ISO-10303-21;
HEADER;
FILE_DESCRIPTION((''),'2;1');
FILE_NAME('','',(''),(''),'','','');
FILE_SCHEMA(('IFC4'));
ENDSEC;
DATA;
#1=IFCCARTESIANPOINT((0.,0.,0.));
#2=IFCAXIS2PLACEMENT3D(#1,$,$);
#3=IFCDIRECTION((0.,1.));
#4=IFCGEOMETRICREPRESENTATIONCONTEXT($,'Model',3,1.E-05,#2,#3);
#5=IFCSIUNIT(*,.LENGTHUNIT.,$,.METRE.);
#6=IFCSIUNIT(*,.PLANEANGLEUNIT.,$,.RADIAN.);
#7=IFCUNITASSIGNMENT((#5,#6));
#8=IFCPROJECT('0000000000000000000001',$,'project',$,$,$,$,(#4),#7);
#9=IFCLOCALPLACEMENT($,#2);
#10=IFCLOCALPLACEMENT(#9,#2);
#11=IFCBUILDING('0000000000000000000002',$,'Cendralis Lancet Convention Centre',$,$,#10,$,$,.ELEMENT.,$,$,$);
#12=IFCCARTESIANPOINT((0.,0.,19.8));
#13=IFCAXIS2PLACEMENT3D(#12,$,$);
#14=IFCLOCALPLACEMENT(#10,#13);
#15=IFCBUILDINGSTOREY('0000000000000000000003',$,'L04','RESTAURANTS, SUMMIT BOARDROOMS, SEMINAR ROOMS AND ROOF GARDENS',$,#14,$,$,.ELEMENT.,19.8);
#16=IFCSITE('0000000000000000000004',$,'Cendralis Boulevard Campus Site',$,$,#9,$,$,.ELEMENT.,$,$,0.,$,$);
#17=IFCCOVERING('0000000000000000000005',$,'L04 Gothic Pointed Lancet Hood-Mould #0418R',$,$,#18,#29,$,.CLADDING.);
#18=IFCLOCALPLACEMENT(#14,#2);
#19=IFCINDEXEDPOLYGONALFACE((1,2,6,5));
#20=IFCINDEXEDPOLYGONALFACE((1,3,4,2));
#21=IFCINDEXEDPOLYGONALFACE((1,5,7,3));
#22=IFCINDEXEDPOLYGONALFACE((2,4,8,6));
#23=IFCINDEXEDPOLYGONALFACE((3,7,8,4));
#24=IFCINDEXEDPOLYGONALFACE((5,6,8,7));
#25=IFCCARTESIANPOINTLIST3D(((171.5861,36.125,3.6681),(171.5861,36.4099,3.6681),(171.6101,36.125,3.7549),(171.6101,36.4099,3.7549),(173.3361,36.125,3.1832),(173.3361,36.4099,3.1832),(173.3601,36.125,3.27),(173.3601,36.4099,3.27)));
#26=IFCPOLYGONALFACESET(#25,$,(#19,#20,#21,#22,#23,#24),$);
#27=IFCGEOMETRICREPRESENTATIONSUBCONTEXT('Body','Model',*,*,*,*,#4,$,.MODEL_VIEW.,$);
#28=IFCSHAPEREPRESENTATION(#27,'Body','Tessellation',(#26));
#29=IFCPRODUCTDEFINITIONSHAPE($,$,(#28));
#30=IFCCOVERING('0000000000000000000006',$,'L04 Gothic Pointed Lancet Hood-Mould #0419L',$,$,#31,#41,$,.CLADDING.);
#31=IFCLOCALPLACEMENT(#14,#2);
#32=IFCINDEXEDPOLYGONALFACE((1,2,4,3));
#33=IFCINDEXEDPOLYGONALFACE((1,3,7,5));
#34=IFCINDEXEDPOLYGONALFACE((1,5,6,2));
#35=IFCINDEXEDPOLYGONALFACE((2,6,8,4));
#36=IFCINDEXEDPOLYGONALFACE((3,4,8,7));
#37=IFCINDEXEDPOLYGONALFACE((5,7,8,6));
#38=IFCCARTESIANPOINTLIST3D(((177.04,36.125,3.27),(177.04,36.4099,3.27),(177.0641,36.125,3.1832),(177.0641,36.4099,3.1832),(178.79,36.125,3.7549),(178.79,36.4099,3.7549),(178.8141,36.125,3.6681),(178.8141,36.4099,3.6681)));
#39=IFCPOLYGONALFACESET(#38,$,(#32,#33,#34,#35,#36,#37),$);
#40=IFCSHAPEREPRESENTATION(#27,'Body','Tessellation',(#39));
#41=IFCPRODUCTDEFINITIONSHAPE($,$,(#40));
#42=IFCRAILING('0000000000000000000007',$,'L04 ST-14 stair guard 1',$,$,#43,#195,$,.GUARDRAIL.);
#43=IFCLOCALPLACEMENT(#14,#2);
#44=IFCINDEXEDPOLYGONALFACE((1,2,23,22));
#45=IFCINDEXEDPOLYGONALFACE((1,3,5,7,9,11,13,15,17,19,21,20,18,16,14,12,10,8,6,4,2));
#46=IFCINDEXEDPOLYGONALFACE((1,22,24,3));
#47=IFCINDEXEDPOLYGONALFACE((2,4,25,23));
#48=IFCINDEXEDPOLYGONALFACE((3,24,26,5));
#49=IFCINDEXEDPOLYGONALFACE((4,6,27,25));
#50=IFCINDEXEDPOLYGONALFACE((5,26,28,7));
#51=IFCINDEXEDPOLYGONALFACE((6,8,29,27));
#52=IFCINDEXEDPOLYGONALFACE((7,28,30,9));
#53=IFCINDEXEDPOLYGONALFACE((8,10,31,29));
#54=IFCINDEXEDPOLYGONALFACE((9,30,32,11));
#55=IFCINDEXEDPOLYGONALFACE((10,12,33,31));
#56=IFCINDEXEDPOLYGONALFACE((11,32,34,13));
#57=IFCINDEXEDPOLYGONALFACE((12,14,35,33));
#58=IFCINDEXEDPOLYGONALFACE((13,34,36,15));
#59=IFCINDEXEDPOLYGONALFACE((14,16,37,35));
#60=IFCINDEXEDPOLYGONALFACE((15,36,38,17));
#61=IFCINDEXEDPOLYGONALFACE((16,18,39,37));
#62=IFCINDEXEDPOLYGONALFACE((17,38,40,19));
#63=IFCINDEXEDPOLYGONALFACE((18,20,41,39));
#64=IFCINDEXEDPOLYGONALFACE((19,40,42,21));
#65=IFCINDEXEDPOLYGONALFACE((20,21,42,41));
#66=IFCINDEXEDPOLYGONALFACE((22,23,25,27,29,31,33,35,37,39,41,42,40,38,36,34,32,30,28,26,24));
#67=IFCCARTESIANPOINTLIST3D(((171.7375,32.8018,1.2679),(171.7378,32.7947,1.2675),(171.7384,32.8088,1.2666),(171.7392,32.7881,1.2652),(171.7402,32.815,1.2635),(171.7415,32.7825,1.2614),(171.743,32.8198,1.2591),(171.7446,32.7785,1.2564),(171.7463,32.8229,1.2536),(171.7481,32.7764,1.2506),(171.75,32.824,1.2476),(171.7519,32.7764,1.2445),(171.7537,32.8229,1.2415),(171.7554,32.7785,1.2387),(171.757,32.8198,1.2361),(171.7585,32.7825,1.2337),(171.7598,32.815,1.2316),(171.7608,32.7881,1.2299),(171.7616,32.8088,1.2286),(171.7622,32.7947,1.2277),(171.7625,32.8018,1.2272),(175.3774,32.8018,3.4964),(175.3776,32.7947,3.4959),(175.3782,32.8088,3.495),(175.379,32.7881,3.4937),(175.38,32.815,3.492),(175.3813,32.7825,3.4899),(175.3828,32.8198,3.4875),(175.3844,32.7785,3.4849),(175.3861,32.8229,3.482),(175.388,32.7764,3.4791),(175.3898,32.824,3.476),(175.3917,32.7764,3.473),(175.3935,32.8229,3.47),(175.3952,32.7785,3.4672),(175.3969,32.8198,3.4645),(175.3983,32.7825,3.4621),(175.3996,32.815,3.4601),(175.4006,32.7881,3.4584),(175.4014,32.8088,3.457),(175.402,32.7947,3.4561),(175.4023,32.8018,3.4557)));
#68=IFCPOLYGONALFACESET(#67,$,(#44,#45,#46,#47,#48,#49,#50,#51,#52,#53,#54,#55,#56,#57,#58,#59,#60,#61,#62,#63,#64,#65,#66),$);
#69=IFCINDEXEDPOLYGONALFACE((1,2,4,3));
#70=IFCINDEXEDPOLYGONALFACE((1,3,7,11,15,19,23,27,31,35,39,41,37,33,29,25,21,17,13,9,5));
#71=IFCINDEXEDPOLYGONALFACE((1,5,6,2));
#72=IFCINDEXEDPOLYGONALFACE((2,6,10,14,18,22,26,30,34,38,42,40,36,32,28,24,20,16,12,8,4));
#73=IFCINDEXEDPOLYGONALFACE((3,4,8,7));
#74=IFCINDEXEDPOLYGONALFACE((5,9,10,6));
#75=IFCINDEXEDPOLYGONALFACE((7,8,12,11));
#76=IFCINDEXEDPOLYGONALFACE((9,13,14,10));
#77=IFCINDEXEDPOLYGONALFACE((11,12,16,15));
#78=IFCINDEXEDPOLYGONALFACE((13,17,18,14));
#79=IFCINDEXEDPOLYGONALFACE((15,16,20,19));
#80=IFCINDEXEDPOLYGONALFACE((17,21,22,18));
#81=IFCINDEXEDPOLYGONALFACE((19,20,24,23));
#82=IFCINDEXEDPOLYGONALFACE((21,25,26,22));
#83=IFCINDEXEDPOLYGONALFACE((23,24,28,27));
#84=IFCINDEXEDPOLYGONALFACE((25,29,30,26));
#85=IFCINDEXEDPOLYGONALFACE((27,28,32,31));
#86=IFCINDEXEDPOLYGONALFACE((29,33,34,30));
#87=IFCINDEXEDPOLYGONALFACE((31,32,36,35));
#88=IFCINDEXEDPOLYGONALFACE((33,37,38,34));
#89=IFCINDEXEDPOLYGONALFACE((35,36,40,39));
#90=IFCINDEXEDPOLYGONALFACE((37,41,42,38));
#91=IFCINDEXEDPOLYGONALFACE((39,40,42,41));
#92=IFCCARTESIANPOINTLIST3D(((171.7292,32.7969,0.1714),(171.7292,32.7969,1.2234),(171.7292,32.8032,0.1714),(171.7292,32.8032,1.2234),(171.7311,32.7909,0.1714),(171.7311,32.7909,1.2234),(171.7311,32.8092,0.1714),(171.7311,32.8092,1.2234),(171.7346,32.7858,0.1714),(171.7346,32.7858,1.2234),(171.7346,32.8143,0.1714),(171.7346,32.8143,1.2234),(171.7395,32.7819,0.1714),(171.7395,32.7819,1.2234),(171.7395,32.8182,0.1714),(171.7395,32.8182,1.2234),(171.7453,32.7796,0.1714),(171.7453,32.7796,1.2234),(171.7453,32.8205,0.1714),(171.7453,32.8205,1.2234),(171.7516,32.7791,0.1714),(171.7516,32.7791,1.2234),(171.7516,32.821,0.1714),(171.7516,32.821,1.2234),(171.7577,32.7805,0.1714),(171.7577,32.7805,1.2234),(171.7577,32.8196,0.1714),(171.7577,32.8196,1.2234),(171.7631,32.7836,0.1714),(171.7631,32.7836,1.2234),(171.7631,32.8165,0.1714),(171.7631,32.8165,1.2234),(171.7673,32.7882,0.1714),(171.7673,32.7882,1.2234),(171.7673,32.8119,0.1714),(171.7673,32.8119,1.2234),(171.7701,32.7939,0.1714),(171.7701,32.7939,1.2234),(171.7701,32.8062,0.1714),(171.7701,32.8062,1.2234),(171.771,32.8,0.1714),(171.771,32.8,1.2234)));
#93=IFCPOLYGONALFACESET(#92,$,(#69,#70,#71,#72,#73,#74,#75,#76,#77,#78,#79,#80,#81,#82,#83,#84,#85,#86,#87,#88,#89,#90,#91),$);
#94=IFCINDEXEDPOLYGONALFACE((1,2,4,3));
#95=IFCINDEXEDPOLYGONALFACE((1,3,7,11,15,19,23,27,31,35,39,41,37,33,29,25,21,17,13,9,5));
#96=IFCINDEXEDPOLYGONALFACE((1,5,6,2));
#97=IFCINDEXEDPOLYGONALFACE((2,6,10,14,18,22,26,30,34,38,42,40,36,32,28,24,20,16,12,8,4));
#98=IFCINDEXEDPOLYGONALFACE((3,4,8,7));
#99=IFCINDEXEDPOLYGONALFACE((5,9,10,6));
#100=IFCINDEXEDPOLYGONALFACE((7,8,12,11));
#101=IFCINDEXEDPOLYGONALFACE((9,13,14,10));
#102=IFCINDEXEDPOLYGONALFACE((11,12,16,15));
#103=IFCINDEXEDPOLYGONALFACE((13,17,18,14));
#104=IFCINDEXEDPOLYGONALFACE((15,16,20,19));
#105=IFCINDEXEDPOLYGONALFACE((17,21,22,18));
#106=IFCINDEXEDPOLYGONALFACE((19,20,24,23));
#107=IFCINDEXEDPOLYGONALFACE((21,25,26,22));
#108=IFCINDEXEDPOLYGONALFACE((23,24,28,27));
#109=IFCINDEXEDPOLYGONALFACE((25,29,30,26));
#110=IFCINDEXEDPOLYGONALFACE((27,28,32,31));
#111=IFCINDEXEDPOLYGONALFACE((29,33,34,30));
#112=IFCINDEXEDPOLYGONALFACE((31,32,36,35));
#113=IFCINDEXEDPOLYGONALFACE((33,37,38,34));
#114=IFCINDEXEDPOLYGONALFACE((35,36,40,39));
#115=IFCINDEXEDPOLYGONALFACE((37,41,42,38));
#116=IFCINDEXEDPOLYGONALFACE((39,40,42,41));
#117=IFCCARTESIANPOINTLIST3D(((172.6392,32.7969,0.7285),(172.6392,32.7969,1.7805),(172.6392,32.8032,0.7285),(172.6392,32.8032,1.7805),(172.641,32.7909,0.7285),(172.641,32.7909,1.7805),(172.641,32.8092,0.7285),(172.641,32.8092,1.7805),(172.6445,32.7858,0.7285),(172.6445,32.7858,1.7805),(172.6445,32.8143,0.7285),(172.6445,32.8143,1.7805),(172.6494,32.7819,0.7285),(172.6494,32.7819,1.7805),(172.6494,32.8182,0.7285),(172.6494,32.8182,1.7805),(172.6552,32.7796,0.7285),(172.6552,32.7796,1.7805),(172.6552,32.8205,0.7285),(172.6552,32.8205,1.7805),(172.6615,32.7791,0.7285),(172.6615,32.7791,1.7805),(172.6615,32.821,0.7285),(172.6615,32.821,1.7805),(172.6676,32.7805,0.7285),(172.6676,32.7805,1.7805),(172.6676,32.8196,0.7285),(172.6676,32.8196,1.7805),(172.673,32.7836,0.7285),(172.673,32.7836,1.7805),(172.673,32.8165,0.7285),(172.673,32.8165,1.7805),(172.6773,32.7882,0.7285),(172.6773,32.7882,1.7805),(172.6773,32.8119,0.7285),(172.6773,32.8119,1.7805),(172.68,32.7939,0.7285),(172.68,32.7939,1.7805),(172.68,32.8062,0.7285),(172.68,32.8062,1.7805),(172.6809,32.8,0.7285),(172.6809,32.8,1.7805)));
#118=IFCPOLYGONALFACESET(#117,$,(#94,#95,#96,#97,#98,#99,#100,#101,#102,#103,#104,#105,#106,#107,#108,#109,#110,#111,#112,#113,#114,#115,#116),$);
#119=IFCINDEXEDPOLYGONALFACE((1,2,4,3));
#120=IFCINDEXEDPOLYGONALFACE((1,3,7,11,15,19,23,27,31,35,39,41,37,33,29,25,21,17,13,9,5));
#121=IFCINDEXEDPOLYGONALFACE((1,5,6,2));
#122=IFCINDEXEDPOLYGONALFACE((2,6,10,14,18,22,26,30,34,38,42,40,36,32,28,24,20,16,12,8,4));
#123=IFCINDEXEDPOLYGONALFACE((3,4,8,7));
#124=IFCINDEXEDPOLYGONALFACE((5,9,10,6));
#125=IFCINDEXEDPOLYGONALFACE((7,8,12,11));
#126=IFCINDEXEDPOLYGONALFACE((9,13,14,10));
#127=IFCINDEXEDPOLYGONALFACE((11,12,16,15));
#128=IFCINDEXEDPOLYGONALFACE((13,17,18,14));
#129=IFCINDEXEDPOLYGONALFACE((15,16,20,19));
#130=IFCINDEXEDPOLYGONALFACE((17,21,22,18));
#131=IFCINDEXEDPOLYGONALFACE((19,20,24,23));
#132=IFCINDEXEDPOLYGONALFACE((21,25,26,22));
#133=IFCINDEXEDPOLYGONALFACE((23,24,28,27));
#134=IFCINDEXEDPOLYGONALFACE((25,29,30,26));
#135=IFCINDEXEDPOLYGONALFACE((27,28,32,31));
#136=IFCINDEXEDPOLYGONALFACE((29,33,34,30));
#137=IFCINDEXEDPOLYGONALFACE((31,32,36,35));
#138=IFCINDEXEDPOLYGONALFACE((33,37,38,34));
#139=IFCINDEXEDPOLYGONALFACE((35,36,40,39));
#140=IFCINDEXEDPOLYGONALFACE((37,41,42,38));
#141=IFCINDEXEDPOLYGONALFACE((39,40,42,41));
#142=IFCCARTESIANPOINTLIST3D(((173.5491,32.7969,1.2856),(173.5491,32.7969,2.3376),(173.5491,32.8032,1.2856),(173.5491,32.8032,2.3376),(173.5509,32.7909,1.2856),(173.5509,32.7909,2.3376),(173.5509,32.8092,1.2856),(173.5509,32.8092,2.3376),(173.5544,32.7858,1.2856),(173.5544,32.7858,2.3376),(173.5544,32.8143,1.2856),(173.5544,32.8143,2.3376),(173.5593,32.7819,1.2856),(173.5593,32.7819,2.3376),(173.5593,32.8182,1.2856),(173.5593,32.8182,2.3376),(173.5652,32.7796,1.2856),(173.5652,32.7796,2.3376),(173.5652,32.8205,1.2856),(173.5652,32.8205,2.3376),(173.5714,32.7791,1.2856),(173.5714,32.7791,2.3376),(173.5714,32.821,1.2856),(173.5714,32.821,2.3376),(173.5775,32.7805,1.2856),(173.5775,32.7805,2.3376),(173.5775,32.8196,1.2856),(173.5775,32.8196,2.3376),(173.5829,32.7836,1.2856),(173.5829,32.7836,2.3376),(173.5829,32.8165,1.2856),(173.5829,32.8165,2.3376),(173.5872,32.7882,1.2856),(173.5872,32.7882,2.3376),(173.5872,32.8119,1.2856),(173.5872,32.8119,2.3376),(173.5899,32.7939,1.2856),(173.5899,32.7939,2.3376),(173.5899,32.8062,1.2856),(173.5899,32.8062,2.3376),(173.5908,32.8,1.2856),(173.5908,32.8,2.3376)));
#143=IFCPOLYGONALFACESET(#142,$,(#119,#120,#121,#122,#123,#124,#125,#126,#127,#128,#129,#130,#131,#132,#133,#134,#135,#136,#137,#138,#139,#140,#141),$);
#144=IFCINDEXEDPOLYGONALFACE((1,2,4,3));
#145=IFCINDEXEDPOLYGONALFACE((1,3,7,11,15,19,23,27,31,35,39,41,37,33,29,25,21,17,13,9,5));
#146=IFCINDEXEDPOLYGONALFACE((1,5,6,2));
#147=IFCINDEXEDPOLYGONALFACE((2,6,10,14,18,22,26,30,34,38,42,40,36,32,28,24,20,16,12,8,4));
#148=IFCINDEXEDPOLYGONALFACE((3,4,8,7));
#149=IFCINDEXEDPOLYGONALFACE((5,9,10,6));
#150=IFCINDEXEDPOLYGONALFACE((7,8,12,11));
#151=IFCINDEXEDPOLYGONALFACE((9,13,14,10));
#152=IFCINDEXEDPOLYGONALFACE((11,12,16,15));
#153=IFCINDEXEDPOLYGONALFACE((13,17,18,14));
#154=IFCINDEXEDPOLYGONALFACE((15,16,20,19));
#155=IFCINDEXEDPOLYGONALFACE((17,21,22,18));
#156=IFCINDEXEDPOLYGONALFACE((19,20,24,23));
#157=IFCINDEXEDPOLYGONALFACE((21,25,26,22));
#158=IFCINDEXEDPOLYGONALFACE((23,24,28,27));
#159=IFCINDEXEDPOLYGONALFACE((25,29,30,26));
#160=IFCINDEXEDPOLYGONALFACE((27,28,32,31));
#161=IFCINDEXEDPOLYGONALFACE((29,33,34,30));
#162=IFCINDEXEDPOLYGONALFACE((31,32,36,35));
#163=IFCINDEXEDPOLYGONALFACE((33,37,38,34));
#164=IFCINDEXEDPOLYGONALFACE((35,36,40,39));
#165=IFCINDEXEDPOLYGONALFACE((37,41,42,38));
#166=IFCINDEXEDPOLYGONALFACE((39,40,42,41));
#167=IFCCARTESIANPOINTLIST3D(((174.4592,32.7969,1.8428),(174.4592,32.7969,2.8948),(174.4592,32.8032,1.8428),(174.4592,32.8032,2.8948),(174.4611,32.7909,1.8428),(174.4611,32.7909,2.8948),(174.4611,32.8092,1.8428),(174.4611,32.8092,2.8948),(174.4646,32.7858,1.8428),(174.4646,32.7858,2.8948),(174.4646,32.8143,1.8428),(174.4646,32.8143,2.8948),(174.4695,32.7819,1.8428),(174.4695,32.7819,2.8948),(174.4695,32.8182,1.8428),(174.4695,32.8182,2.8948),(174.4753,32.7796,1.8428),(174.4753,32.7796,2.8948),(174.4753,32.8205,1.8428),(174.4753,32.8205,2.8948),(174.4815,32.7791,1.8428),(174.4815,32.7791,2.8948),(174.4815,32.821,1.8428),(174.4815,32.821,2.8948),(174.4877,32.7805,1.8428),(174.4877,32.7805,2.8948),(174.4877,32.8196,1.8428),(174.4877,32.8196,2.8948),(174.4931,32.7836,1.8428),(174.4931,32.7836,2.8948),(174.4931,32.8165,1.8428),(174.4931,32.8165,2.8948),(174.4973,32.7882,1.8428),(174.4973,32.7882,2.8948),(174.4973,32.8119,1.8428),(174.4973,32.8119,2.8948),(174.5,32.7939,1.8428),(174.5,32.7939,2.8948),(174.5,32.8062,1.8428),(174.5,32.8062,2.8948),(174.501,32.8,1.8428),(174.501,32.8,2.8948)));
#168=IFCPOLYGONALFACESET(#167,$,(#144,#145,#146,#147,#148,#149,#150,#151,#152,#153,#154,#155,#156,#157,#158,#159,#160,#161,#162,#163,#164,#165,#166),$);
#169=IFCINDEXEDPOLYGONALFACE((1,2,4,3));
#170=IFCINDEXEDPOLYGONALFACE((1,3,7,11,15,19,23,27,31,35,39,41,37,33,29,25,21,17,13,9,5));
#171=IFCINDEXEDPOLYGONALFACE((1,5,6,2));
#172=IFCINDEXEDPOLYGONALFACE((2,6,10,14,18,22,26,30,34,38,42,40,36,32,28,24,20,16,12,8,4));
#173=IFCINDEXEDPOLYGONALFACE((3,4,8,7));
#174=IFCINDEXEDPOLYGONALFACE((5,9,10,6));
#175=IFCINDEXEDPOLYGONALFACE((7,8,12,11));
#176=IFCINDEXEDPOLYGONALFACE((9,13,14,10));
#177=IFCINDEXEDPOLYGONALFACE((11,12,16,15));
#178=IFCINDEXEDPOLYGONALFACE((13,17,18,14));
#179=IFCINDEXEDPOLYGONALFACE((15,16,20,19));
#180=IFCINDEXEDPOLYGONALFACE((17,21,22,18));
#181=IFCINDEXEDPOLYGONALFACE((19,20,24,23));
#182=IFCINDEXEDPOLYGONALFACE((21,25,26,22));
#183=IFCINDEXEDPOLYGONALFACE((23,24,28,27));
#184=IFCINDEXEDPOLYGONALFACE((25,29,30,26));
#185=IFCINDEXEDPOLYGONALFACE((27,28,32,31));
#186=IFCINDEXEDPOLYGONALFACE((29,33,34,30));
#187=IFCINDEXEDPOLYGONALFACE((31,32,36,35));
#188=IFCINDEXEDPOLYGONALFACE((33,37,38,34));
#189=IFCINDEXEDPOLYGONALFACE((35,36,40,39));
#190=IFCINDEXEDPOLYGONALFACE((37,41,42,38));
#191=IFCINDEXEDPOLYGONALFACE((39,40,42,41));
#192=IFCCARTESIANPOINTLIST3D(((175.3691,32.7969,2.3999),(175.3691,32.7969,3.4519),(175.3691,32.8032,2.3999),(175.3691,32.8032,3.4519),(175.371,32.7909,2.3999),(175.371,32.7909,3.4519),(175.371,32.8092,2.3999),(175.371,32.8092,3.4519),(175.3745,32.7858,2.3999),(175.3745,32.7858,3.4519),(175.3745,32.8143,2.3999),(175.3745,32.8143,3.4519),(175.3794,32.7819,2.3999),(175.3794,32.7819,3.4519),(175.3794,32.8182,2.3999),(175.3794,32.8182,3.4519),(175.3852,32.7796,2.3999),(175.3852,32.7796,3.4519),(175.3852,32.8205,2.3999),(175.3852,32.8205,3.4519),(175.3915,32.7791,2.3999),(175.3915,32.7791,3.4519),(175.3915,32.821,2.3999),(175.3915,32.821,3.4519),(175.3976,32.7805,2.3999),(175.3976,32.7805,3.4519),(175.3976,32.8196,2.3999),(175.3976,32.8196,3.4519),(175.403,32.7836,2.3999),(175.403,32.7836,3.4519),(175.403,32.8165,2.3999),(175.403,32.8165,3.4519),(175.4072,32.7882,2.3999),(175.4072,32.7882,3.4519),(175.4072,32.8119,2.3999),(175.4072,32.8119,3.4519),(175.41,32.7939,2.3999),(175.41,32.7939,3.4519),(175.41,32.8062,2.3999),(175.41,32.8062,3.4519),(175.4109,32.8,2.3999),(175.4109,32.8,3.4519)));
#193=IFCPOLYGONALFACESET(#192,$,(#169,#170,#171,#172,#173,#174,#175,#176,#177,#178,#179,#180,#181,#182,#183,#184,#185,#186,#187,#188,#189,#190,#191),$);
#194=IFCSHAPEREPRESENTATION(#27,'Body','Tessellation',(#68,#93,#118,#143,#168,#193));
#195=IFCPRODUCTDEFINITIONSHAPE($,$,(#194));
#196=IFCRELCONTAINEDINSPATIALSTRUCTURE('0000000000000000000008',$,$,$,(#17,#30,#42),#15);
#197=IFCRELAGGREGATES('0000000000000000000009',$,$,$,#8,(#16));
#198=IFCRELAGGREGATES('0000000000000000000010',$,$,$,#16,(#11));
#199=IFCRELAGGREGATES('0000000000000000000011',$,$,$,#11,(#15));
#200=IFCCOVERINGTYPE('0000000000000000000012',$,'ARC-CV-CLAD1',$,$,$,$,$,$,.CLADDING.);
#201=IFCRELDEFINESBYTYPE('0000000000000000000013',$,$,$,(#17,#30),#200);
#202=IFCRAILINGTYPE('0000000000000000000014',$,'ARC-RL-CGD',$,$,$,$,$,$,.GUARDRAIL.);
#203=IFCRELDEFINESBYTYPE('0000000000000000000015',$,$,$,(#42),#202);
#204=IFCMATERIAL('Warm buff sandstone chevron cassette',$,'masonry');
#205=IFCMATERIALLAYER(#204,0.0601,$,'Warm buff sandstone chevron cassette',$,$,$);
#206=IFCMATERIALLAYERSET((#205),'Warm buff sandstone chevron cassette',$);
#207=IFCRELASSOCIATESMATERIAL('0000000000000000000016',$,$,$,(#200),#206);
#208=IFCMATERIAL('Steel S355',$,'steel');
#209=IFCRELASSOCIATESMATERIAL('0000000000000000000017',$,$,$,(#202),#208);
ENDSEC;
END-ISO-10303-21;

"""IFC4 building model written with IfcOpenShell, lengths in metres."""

from ifc_helpers import new_model, si_unit, direction, frame, origin, origin_2d, place, context, subcontext, project, spatial, polyline, circle, outline, extrude, material, layer, layer_set, type_object, element, save


model = new_model("IFC4")

# Units and contexts
model_context = context("Model", 3, precision=1e-05, world=origin(), true_north=direction((0.0, 1.0)))
body_context = subcontext(model_context, "Body", "Model", "MODEL_VIEW")
ifc_project = project(units=[si_unit("LENGTHUNIT", "METRE"), si_unit("PLANEANGLEUNIT", "RADIAN")], contexts=[model_context])

# Site, building, storey
site_placement = place(None, origin())
site = spatial("IfcSite", under=ifc_project, at=site_placement, Name="Cendralis Boulevard Campus Site", CompositionType="ELEMENT", RefElevation=0.0)
building_placement = place(site_placement, origin())
building = spatial("IfcBuilding", under=site, at=building_placement, Name="Cendralis Lancet Convention Centre", CompositionType="ELEMENT")
storey_placement = place(building_placement, frame((0.0, 0.0, 19.8)))
storey = spatial("IfcBuildingStorey", under=building, at=storey_placement, Name="L04", Description="RESTAURANTS, SUMMIT BOARDROOMS, SEMINAR ROOMS AND ROOF GARDENS", CompositionType="ELEMENT", Elevation=19.8)

# Coverings
ifc_material_1 = material(Name="Warm buff sandstone chevron cassette", Category="masonry")
ifc_layer_1 = layer(ifc_material_1, 0.0601, Name="Warm buff sandstone chevron cassette")
ifc_layer_set_1 = layer_set([ifc_layer_1], Name="Warm buff sandstone chevron cassette")
covering_type = type_object("IfcCoveringType", Name="ARC-CV-CLAD1", PredefinedType="CLADDING", material=ifc_layer_set_1)
for number, where, z_axis, x_axis, name in (
    (1, (171.6101, 36.4099, 3.7549), (0.267006, 0.0, 0.963695), (0.0, -1.0, 0.0), "L04 Gothic Pointed Lancet Hood-Mould #0418R"),
    (2, (177.04, 36.4099, 3.27), (-0.267006, 0.0, 0.963695), (0.0, -1.0, 0.0), "L04 Gothic Pointed Lancet Hood-Mould #0419L"),
):
    element("IfcCovering", number, at=place(storey_placement, frame(where, z_axis=z_axis, x_axis=x_axis)), inside=storey, type_object=covering_type, Name=name, PredefinedType="CLADDING", context=body_context, shape_type="SweptSolid", body=[
        extrude(outline(polyline([(0.0, 0.0), (0.2849, 0.0), (0.2849, 1.8159), (0.0, 1.8159), (0.0, 0.0)])), origin(), (0.0, 0.0, -1.0), 0.0901),
    ])

# Railing
ifc_material_2 = material(Name="Steel S355", Category="steel")
railing_type_1 = type_object("IfcRailingType", Name="ARC-RL-CGD", PredefinedType="GUARDRAIL", material=ifc_material_2)
railing_1_placement = place(storey_placement, frame((171.75, 32.8, 0.1714)))
element("IfcRailing", 3, at=railing_1_placement, inside=storey, type_object=railing_type_1, Name="L04 ST-14 stair guard 1", PredefinedType="GUARDRAIL", context=body_context, shape_type="SweptSolid", body=[
    extrude(circle(Radius=0.0239, at=origin_2d()), frame((0.0, 0.0, 1.0762), z_axis=(0.85285, 0.0, 0.522156), x_axis=(0.0, 1.0, 0.0)), (0.0, 0.0, 1.0), 4.2678),
    extrude(circle(Radius=0.021, at=origin_2d()), origin(), (0.0, 0.0, 1.0), 1.052),
    extrude(circle(Radius=0.021, at=origin_2d()), frame((0.9099, 0.0, 0.5571)), (0.0, 0.0, 1.0), 1.052),
    extrude(circle(Radius=0.021, at=origin_2d()), frame((1.8198, 0.0, 1.1143)), (0.0, 0.0, 1.0), 1.052),
    extrude(circle(Radius=0.021, at=origin_2d()), frame((2.73, 0.0, 1.6714)), (0.0, 0.0, 1.0), 1.052),
    extrude(circle(Radius=0.021, at=origin_2d()), frame((3.6399, 0.0, 2.2285)), (0.0, 0.0, 1.0), 1.052),
])

save(model, "model.ifc")
